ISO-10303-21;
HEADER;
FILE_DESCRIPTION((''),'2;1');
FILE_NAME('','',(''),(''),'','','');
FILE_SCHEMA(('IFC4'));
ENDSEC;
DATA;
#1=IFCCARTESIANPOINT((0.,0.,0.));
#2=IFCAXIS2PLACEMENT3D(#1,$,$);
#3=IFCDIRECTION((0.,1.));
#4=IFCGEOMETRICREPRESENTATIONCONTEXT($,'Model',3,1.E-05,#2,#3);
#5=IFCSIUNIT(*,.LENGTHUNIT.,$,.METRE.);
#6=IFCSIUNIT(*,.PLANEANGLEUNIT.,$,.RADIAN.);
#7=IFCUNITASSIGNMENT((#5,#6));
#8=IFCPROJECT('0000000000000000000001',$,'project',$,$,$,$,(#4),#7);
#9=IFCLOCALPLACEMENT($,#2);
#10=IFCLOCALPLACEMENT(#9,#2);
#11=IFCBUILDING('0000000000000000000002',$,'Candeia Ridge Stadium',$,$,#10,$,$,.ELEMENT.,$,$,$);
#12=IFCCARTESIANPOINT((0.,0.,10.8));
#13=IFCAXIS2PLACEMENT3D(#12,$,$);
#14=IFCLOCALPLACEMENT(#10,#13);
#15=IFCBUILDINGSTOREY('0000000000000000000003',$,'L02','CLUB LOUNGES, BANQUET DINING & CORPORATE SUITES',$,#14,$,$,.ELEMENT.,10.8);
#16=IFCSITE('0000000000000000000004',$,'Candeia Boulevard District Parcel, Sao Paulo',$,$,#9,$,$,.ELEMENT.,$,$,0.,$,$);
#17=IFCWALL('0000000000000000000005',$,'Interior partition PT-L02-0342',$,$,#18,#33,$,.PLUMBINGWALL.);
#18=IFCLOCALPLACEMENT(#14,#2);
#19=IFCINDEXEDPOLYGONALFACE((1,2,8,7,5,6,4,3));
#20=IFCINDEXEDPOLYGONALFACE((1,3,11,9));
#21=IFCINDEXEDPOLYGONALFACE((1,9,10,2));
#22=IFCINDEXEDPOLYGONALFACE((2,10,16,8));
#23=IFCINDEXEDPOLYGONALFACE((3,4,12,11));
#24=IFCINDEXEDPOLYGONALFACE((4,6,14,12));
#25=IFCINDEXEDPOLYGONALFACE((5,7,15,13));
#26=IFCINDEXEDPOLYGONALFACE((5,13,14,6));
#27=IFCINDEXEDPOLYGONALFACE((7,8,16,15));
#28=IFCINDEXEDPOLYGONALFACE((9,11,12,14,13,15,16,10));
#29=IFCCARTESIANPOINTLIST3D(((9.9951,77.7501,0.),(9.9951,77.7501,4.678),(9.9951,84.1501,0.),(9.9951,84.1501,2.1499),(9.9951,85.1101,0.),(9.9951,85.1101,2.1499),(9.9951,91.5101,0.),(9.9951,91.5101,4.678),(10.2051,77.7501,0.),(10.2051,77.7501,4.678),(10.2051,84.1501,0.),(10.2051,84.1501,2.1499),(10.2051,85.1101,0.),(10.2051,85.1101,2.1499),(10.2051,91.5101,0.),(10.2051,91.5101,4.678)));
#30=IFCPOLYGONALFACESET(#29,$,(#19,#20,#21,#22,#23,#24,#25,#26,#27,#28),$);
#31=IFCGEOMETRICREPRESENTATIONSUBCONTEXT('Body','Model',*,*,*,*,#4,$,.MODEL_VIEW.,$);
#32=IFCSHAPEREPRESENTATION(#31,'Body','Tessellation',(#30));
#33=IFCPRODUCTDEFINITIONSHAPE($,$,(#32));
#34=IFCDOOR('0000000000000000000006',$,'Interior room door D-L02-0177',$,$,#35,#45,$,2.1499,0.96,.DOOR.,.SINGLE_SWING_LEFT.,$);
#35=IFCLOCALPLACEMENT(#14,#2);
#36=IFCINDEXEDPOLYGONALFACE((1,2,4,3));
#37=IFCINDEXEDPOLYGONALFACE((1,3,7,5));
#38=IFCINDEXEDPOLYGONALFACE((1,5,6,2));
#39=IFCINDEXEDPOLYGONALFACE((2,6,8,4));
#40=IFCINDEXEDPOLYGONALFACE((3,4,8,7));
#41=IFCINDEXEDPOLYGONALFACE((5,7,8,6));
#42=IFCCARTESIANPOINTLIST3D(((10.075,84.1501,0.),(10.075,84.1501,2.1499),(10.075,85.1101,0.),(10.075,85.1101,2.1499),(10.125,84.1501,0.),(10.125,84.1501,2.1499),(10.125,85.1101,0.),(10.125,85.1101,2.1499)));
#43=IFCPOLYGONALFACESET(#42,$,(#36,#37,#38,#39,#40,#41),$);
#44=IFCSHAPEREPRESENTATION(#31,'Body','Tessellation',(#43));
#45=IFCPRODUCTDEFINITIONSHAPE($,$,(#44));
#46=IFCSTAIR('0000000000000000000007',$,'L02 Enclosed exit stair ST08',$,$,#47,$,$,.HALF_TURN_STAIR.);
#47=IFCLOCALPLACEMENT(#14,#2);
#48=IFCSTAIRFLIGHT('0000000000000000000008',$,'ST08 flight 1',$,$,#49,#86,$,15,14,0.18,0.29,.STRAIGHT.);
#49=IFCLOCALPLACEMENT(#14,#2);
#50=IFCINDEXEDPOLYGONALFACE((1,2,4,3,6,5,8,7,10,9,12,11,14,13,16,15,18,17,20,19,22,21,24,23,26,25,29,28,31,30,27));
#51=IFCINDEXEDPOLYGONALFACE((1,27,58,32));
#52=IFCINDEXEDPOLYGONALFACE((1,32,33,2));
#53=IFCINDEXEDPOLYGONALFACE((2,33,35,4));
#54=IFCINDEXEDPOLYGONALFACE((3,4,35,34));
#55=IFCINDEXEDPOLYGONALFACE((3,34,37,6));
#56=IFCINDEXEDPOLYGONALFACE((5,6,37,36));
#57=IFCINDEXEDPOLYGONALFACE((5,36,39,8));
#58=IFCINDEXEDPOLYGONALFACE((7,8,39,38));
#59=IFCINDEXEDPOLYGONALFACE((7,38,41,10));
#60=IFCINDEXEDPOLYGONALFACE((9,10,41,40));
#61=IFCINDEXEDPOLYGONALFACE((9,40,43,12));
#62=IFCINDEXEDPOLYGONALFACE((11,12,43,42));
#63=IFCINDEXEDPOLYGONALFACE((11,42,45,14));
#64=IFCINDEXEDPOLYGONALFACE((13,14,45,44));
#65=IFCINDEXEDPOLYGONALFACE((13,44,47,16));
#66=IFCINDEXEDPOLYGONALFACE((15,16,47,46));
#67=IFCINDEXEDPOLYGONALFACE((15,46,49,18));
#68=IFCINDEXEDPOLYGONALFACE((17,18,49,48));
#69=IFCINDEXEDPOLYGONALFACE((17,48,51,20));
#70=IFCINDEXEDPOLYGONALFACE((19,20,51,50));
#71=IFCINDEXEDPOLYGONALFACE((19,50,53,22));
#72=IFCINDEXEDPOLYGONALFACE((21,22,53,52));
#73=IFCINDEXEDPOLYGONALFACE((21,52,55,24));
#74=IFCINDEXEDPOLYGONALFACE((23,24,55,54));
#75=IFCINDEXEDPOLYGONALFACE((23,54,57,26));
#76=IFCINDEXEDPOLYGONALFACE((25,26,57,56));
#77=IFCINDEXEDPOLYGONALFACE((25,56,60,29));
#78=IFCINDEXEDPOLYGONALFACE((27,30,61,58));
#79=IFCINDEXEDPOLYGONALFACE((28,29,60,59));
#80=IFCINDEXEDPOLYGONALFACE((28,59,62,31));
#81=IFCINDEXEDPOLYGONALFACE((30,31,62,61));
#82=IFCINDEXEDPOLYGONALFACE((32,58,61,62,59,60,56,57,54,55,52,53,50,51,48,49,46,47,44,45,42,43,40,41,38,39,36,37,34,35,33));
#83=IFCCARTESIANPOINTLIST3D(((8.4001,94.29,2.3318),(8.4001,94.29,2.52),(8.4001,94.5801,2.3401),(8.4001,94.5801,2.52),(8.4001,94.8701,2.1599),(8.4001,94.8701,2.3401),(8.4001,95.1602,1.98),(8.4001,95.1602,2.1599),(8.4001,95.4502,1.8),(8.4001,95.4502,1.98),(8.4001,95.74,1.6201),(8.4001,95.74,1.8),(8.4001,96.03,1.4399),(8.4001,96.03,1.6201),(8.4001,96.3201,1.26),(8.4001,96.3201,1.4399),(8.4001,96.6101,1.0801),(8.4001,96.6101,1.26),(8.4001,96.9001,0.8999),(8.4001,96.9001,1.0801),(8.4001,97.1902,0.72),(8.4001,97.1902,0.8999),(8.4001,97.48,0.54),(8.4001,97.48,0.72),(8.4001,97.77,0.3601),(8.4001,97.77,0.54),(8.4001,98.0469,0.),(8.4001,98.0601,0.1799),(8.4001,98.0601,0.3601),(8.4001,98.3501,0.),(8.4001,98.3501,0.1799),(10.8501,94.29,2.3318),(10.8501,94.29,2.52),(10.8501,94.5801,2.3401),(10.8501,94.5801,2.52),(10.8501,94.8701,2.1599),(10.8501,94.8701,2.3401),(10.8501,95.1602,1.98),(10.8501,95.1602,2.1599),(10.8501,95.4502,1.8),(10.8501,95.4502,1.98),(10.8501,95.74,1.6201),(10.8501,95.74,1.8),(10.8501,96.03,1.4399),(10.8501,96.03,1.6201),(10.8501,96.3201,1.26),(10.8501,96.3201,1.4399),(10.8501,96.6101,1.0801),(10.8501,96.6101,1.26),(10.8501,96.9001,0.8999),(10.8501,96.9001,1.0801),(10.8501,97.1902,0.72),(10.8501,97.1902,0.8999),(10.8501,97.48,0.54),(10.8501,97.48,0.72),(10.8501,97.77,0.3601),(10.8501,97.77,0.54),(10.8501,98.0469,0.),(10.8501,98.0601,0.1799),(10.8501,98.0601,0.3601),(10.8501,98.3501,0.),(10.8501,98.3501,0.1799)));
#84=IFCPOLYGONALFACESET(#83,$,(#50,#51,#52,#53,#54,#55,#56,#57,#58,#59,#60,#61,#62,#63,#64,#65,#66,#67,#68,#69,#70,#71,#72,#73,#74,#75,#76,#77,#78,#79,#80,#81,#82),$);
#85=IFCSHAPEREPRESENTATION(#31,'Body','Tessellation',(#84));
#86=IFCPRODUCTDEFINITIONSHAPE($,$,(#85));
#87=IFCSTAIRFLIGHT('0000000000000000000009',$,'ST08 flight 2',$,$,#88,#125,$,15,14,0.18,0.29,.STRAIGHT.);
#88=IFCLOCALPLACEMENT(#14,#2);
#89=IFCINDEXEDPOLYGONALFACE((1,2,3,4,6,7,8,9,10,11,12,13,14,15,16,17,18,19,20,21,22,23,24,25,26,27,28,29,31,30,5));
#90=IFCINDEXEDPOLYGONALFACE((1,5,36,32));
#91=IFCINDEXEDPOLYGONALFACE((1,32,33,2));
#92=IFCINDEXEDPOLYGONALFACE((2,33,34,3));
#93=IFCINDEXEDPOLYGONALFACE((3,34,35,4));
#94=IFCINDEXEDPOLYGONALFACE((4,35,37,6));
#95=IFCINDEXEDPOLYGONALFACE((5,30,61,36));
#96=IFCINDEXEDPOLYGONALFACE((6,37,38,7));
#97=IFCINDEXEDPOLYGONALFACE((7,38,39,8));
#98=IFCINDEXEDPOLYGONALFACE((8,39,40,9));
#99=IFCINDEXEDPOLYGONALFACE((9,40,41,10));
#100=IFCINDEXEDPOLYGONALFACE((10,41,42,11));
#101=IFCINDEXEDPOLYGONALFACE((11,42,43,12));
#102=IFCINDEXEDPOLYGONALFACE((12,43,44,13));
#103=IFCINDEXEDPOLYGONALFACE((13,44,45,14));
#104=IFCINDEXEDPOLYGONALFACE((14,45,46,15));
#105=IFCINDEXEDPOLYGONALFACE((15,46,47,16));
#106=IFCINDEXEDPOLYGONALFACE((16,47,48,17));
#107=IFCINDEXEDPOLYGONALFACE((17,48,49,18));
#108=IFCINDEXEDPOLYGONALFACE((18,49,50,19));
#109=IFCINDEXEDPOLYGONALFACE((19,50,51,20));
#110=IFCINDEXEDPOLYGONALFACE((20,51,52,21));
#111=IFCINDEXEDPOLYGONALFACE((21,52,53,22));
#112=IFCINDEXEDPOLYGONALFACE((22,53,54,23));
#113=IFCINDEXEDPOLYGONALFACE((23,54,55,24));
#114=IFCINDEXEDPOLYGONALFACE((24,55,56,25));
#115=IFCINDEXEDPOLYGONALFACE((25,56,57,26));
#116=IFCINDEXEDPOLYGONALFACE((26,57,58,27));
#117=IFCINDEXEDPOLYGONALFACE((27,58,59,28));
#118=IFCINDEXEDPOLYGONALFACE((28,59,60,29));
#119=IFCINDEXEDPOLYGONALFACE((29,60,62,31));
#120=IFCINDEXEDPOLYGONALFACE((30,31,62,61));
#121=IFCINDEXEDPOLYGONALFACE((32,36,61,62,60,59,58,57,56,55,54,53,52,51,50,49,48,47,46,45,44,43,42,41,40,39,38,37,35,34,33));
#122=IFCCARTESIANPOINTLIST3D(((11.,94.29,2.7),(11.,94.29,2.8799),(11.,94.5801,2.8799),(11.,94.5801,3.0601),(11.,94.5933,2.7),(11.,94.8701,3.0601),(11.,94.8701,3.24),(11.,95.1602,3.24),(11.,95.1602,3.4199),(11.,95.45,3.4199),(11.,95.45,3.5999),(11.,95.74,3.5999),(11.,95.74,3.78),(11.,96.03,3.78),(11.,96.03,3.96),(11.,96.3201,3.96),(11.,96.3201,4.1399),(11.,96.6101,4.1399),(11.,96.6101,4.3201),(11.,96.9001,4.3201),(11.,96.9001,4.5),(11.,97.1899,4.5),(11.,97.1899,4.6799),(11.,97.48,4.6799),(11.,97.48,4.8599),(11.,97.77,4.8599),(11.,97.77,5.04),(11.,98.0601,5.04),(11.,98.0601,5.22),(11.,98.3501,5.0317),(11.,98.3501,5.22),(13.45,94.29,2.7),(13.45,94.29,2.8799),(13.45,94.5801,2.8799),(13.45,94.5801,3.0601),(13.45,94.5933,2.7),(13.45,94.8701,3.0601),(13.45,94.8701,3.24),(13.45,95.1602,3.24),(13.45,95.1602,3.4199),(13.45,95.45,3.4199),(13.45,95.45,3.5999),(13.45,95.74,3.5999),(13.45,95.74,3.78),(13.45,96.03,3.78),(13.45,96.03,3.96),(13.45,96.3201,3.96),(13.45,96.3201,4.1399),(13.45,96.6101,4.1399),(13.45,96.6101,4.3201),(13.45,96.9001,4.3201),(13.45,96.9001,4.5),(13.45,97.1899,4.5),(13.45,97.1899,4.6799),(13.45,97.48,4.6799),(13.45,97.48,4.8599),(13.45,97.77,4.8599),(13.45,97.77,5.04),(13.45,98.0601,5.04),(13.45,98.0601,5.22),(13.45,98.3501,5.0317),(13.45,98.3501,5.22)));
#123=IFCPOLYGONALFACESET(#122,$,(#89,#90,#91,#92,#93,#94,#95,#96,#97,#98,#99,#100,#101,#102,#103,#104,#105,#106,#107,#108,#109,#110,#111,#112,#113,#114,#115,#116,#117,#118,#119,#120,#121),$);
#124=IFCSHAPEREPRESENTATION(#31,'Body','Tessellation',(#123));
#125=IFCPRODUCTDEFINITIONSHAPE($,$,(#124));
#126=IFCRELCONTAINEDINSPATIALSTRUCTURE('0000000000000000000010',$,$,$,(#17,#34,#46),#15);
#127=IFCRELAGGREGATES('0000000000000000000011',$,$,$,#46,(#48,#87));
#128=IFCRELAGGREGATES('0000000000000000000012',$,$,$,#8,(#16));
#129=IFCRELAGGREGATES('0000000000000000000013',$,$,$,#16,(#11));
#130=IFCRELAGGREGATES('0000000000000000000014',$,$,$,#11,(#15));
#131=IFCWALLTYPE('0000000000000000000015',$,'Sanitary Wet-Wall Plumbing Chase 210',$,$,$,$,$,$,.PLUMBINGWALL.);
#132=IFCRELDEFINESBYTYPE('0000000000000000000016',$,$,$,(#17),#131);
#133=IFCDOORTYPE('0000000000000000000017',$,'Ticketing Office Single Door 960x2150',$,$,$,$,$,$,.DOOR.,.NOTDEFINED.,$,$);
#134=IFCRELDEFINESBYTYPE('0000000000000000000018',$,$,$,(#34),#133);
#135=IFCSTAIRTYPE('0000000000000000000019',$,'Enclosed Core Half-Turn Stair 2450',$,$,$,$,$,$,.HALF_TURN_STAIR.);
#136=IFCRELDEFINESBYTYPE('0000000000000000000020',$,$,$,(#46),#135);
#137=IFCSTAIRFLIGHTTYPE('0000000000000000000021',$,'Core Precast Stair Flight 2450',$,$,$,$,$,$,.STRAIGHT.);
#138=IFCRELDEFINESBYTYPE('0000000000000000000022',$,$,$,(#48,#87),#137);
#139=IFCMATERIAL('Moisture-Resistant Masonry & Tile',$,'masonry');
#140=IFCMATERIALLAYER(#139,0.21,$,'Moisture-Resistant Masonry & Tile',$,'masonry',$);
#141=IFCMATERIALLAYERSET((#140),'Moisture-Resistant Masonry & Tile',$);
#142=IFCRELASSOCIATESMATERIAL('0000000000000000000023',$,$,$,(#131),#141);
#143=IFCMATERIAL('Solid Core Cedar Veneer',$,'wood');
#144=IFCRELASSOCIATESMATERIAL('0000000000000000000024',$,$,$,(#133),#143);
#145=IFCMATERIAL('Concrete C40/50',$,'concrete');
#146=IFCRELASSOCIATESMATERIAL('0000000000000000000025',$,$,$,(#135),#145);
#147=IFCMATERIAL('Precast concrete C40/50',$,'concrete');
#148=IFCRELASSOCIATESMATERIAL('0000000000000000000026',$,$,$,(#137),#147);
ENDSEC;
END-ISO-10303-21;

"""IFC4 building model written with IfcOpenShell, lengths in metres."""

from ifc_helpers import new_model, si_unit, direction, frame, frame_2d, origin, place, context, subcontext, project, spatial, polyline, rectangle, outline, extrude, material, layer, layer_set, type_object, element, fill, aggregate, save


model = new_model("IFC4")

# Units and contexts
model_context = context("Model", 3, precision=1e-05, world=origin(), true_north=direction((0.0, 1.0)))
body_context = subcontext(model_context, "Body", "Model", "MODEL_VIEW")
ifc_project = project(units=[si_unit("LENGTHUNIT", "METRE"), si_unit("PLANEANGLEUNIT", "RADIAN")], contexts=[model_context])

# Site, building, storey
site_placement = place(None, origin())
site = spatial("IfcSite", under=ifc_project, at=site_placement, Name="Candeia Boulevard District Parcel, Sao Paulo", CompositionType="ELEMENT", RefElevation=0.0)
building_placement = place(site_placement, origin())
building = spatial("IfcBuilding", under=site, at=building_placement, Name="Candeia Ridge Stadium", CompositionType="ELEMENT")
storey_placement = place(building_placement, frame((0.0, 0.0, 10.8)))
storey = spatial("IfcBuildingStorey", under=building, at=storey_placement, Name="L02", Description="CLUB LOUNGES, BANQUET DINING & CORPORATE SUITES", CompositionType="ELEMENT", Elevation=10.8)

# Shared definitions
ifc_material_1 = material(Name="Concrete C40/50", Category="concrete")

# Wall, opening, door
ifc_material_2 = material(Name="Moisture-Resistant Masonry & Tile", Category="masonry")
ifc_layer_1 = layer(ifc_material_2, 0.21, Name="Moisture-Resistant Masonry & Tile", Category="masonry")
ifc_layer_set_1 = layer_set([ifc_layer_1], Name="Moisture-Resistant Masonry & Tile")
wall_type_1 = type_object("IfcWallType", Name="Sanitary Wet-Wall Plumbing Chase 210", PredefinedType="PLUMBINGWALL", material=ifc_layer_set_1)
wall_1_placement = place(storey_placement, frame((10.1001, 91.51, 0.0), z_axis=(0.0, 0.0, 1.0), x_axis=(0.0, -1.0, 0.0)))
wall_1 = element("IfcWall", 1, at=wall_1_placement, inside=storey, type_object=wall_type_1, Name="Interior partition PT-L02-0342", PredefinedType="PLUMBINGWALL", context=body_context, shape_type="SweptSolid", body=[
    extrude(rectangle(XDim=13.76, YDim=0.21, at=frame_2d((6.8799, 0.0))), origin(), (0.0, 0.0, 1.0), 4.678),
])
opening_1_placement = place(wall_1_placement, frame((6.3999, 0.0, 0.0)))
opening_1 = element("IfcOpeningElement", 2, at=opening_1_placement, cuts=wall_1, PredefinedType="OPENING", context=body_context, shape_type="SweptSolid", body=[
    extrude(rectangle(XDim=0.96, YDim=2.1499, at=frame_2d((0.48, 1.075))), frame((0.0, 0.115, 0.0), z_axis=(0.0, -1.0, 0.0), x_axis=(1.0, 0.0, 0.0)), (0.0, 0.0, 1.0), 0.23),
])
ifc_material_3 = material(Name="Solid Core Cedar Veneer", Category="wood")
door_type = type_object("IfcDoorType", Name="Ticketing Office Single Door 960x2150", OperationType="NOTDEFINED", PredefinedType="DOOR", material=ifc_material_3)
door_placement = place(opening_1_placement, origin())
door = element("IfcDoor", 3, at=door_placement, inside=storey, type_object=door_type, Name="Interior room door D-L02-0177", OperationType="SINGLE_SWING_LEFT", OverallHeight=2.1499, OverallWidth=0.96, PredefinedType="DOOR", context=body_context, shape_type="SweptSolid", body=[
    extrude(rectangle(XDim=0.96, YDim=2.1499, at=frame_2d((0.48, 1.075))), frame((0.0, 0.0249, 0.0), z_axis=(0.0, -1.0, 0.0), x_axis=(1.0, 0.0, 0.0)), (0.0, 0.0, 1.0), 0.05),
])
fill(opening_1, door)

# Stair, stair flights
stair_type = type_object("IfcStairType", Name="Enclosed Core Half-Turn Stair 2450", PredefinedType="HALF_TURN_STAIR", material=ifc_material_1)
stair_placement = place(storey_placement, origin())
stair = element("IfcStair", 4, at=stair_placement, inside=storey, type_object=stair_type, Name="L02 Enclosed exit stair ST08", PredefinedType="HALF_TURN_STAIR")
ifc_material_4 = material(Name="Precast concrete C40/50", Category="concrete")
stair_flight_type = type_object("IfcStairFlightType", Name="Core Precast Stair Flight 2450", PredefinedType="STRAIGHT", material=ifc_material_4)
stair_flight_1_placement = place(storey_placement, frame((9.625, 98.3501, 0.0), z_axis=(0.0, 0.0, 1.0), x_axis=(0.0, -1.0, 0.0)))
stair_flight_1 = element("IfcStairFlight", 5, at=stair_flight_1_placement, type_object=stair_flight_type, Name="ST08 flight 1", NumberOfRisers=15, NumberOfTreads=14, PredefinedType="STRAIGHT", RiserHeight=0.18, TreadLength=0.29, context=body_context, shape_type="SweptSolid", body=[
    extrude(outline(polyline([(0.0, 0.0), (0.0, 0.1799), (0.29, 0.1799), (0.29, 0.3601), (0.5801, 0.3601), (0.5801, 0.54), (0.8701, 0.54), (0.8701, 0.72), (1.1599, 0.72), (1.1599, 0.8999), (1.45, 0.8999), (1.45, 1.0801), (1.74, 1.0801), (1.74, 1.26), (2.03, 1.26), (2.03, 1.4399), (2.3201, 1.4399), (2.3201, 1.6201), (2.6101, 1.6201), (2.6101, 1.8), (2.8999, 1.8), (2.8999, 1.98), (3.1899, 1.98), (3.1899, 2.1599), (3.48, 2.1599), (3.48, 2.3401), (3.77, 2.3401), (3.77, 2.52), (4.0601, 2.52), (4.0601, 2.7), (4.0601, 2.3318), (0.3032, 0.0), (0.0, 0.0)])), frame((0.0, 1.2251, 0.0), z_axis=(0.0, -1.0, 0.0), x_axis=(1.0, 0.0, 0.0)), (0.0, 0.0, 1.0), 2.45),
])
stair_flight_2_placement = place(storey_placement, frame((12.2251, 94.29, 2.7), z_axis=(0.0, 0.0, 1.0), x_axis=(0.0, 1.0, 0.0)))
stair_flight_2 = element("IfcStairFlight", 6, at=stair_flight_2_placement, type_object=stair_flight_type, Name="ST08 flight 2", NumberOfRisers=15, NumberOfTreads=14, PredefinedType="STRAIGHT", RiserHeight=0.18, TreadLength=0.29, context=body_context, shape_type="SweptSolid", body=[
    extrude(outline(polyline([(0.0, 0.0), (0.0, 0.1799), (0.29, 0.1799), (0.29, 0.3601), (0.5801, 0.3601), (0.5801, 0.54), (0.8701, 0.54), (0.8701, 0.72), (1.1599, 0.72), (1.1599, 0.8999), (1.45, 0.8999), (1.45, 1.0801), (1.74, 1.0801), (1.74, 1.26), (2.03, 1.26), (2.03, 1.4399), (2.3201, 1.4399), (2.3201, 1.6201), (2.6101, 1.6201), (2.6101, 1.8), (2.8999, 1.8), (2.8999, 1.98), (3.1899, 1.98), (3.1899, 2.1599), (3.48, 2.1599), (3.48, 2.3401), (3.77, 2.3401), (3.77, 2.52), (4.0601, 2.52), (4.0601, 2.7), (4.0601, 2.3318), (0.3032, 0.0), (0.0, 0.0)])), frame((0.0, 1.2251, 0.0), z_axis=(0.0, -1.0, 0.0), x_axis=(1.0, 0.0, 0.0)), (0.0, 0.0, 1.0), 2.45),
])
aggregate(stair, [stair_flight_1, stair_flight_2])

save(model, "model.ifc")
